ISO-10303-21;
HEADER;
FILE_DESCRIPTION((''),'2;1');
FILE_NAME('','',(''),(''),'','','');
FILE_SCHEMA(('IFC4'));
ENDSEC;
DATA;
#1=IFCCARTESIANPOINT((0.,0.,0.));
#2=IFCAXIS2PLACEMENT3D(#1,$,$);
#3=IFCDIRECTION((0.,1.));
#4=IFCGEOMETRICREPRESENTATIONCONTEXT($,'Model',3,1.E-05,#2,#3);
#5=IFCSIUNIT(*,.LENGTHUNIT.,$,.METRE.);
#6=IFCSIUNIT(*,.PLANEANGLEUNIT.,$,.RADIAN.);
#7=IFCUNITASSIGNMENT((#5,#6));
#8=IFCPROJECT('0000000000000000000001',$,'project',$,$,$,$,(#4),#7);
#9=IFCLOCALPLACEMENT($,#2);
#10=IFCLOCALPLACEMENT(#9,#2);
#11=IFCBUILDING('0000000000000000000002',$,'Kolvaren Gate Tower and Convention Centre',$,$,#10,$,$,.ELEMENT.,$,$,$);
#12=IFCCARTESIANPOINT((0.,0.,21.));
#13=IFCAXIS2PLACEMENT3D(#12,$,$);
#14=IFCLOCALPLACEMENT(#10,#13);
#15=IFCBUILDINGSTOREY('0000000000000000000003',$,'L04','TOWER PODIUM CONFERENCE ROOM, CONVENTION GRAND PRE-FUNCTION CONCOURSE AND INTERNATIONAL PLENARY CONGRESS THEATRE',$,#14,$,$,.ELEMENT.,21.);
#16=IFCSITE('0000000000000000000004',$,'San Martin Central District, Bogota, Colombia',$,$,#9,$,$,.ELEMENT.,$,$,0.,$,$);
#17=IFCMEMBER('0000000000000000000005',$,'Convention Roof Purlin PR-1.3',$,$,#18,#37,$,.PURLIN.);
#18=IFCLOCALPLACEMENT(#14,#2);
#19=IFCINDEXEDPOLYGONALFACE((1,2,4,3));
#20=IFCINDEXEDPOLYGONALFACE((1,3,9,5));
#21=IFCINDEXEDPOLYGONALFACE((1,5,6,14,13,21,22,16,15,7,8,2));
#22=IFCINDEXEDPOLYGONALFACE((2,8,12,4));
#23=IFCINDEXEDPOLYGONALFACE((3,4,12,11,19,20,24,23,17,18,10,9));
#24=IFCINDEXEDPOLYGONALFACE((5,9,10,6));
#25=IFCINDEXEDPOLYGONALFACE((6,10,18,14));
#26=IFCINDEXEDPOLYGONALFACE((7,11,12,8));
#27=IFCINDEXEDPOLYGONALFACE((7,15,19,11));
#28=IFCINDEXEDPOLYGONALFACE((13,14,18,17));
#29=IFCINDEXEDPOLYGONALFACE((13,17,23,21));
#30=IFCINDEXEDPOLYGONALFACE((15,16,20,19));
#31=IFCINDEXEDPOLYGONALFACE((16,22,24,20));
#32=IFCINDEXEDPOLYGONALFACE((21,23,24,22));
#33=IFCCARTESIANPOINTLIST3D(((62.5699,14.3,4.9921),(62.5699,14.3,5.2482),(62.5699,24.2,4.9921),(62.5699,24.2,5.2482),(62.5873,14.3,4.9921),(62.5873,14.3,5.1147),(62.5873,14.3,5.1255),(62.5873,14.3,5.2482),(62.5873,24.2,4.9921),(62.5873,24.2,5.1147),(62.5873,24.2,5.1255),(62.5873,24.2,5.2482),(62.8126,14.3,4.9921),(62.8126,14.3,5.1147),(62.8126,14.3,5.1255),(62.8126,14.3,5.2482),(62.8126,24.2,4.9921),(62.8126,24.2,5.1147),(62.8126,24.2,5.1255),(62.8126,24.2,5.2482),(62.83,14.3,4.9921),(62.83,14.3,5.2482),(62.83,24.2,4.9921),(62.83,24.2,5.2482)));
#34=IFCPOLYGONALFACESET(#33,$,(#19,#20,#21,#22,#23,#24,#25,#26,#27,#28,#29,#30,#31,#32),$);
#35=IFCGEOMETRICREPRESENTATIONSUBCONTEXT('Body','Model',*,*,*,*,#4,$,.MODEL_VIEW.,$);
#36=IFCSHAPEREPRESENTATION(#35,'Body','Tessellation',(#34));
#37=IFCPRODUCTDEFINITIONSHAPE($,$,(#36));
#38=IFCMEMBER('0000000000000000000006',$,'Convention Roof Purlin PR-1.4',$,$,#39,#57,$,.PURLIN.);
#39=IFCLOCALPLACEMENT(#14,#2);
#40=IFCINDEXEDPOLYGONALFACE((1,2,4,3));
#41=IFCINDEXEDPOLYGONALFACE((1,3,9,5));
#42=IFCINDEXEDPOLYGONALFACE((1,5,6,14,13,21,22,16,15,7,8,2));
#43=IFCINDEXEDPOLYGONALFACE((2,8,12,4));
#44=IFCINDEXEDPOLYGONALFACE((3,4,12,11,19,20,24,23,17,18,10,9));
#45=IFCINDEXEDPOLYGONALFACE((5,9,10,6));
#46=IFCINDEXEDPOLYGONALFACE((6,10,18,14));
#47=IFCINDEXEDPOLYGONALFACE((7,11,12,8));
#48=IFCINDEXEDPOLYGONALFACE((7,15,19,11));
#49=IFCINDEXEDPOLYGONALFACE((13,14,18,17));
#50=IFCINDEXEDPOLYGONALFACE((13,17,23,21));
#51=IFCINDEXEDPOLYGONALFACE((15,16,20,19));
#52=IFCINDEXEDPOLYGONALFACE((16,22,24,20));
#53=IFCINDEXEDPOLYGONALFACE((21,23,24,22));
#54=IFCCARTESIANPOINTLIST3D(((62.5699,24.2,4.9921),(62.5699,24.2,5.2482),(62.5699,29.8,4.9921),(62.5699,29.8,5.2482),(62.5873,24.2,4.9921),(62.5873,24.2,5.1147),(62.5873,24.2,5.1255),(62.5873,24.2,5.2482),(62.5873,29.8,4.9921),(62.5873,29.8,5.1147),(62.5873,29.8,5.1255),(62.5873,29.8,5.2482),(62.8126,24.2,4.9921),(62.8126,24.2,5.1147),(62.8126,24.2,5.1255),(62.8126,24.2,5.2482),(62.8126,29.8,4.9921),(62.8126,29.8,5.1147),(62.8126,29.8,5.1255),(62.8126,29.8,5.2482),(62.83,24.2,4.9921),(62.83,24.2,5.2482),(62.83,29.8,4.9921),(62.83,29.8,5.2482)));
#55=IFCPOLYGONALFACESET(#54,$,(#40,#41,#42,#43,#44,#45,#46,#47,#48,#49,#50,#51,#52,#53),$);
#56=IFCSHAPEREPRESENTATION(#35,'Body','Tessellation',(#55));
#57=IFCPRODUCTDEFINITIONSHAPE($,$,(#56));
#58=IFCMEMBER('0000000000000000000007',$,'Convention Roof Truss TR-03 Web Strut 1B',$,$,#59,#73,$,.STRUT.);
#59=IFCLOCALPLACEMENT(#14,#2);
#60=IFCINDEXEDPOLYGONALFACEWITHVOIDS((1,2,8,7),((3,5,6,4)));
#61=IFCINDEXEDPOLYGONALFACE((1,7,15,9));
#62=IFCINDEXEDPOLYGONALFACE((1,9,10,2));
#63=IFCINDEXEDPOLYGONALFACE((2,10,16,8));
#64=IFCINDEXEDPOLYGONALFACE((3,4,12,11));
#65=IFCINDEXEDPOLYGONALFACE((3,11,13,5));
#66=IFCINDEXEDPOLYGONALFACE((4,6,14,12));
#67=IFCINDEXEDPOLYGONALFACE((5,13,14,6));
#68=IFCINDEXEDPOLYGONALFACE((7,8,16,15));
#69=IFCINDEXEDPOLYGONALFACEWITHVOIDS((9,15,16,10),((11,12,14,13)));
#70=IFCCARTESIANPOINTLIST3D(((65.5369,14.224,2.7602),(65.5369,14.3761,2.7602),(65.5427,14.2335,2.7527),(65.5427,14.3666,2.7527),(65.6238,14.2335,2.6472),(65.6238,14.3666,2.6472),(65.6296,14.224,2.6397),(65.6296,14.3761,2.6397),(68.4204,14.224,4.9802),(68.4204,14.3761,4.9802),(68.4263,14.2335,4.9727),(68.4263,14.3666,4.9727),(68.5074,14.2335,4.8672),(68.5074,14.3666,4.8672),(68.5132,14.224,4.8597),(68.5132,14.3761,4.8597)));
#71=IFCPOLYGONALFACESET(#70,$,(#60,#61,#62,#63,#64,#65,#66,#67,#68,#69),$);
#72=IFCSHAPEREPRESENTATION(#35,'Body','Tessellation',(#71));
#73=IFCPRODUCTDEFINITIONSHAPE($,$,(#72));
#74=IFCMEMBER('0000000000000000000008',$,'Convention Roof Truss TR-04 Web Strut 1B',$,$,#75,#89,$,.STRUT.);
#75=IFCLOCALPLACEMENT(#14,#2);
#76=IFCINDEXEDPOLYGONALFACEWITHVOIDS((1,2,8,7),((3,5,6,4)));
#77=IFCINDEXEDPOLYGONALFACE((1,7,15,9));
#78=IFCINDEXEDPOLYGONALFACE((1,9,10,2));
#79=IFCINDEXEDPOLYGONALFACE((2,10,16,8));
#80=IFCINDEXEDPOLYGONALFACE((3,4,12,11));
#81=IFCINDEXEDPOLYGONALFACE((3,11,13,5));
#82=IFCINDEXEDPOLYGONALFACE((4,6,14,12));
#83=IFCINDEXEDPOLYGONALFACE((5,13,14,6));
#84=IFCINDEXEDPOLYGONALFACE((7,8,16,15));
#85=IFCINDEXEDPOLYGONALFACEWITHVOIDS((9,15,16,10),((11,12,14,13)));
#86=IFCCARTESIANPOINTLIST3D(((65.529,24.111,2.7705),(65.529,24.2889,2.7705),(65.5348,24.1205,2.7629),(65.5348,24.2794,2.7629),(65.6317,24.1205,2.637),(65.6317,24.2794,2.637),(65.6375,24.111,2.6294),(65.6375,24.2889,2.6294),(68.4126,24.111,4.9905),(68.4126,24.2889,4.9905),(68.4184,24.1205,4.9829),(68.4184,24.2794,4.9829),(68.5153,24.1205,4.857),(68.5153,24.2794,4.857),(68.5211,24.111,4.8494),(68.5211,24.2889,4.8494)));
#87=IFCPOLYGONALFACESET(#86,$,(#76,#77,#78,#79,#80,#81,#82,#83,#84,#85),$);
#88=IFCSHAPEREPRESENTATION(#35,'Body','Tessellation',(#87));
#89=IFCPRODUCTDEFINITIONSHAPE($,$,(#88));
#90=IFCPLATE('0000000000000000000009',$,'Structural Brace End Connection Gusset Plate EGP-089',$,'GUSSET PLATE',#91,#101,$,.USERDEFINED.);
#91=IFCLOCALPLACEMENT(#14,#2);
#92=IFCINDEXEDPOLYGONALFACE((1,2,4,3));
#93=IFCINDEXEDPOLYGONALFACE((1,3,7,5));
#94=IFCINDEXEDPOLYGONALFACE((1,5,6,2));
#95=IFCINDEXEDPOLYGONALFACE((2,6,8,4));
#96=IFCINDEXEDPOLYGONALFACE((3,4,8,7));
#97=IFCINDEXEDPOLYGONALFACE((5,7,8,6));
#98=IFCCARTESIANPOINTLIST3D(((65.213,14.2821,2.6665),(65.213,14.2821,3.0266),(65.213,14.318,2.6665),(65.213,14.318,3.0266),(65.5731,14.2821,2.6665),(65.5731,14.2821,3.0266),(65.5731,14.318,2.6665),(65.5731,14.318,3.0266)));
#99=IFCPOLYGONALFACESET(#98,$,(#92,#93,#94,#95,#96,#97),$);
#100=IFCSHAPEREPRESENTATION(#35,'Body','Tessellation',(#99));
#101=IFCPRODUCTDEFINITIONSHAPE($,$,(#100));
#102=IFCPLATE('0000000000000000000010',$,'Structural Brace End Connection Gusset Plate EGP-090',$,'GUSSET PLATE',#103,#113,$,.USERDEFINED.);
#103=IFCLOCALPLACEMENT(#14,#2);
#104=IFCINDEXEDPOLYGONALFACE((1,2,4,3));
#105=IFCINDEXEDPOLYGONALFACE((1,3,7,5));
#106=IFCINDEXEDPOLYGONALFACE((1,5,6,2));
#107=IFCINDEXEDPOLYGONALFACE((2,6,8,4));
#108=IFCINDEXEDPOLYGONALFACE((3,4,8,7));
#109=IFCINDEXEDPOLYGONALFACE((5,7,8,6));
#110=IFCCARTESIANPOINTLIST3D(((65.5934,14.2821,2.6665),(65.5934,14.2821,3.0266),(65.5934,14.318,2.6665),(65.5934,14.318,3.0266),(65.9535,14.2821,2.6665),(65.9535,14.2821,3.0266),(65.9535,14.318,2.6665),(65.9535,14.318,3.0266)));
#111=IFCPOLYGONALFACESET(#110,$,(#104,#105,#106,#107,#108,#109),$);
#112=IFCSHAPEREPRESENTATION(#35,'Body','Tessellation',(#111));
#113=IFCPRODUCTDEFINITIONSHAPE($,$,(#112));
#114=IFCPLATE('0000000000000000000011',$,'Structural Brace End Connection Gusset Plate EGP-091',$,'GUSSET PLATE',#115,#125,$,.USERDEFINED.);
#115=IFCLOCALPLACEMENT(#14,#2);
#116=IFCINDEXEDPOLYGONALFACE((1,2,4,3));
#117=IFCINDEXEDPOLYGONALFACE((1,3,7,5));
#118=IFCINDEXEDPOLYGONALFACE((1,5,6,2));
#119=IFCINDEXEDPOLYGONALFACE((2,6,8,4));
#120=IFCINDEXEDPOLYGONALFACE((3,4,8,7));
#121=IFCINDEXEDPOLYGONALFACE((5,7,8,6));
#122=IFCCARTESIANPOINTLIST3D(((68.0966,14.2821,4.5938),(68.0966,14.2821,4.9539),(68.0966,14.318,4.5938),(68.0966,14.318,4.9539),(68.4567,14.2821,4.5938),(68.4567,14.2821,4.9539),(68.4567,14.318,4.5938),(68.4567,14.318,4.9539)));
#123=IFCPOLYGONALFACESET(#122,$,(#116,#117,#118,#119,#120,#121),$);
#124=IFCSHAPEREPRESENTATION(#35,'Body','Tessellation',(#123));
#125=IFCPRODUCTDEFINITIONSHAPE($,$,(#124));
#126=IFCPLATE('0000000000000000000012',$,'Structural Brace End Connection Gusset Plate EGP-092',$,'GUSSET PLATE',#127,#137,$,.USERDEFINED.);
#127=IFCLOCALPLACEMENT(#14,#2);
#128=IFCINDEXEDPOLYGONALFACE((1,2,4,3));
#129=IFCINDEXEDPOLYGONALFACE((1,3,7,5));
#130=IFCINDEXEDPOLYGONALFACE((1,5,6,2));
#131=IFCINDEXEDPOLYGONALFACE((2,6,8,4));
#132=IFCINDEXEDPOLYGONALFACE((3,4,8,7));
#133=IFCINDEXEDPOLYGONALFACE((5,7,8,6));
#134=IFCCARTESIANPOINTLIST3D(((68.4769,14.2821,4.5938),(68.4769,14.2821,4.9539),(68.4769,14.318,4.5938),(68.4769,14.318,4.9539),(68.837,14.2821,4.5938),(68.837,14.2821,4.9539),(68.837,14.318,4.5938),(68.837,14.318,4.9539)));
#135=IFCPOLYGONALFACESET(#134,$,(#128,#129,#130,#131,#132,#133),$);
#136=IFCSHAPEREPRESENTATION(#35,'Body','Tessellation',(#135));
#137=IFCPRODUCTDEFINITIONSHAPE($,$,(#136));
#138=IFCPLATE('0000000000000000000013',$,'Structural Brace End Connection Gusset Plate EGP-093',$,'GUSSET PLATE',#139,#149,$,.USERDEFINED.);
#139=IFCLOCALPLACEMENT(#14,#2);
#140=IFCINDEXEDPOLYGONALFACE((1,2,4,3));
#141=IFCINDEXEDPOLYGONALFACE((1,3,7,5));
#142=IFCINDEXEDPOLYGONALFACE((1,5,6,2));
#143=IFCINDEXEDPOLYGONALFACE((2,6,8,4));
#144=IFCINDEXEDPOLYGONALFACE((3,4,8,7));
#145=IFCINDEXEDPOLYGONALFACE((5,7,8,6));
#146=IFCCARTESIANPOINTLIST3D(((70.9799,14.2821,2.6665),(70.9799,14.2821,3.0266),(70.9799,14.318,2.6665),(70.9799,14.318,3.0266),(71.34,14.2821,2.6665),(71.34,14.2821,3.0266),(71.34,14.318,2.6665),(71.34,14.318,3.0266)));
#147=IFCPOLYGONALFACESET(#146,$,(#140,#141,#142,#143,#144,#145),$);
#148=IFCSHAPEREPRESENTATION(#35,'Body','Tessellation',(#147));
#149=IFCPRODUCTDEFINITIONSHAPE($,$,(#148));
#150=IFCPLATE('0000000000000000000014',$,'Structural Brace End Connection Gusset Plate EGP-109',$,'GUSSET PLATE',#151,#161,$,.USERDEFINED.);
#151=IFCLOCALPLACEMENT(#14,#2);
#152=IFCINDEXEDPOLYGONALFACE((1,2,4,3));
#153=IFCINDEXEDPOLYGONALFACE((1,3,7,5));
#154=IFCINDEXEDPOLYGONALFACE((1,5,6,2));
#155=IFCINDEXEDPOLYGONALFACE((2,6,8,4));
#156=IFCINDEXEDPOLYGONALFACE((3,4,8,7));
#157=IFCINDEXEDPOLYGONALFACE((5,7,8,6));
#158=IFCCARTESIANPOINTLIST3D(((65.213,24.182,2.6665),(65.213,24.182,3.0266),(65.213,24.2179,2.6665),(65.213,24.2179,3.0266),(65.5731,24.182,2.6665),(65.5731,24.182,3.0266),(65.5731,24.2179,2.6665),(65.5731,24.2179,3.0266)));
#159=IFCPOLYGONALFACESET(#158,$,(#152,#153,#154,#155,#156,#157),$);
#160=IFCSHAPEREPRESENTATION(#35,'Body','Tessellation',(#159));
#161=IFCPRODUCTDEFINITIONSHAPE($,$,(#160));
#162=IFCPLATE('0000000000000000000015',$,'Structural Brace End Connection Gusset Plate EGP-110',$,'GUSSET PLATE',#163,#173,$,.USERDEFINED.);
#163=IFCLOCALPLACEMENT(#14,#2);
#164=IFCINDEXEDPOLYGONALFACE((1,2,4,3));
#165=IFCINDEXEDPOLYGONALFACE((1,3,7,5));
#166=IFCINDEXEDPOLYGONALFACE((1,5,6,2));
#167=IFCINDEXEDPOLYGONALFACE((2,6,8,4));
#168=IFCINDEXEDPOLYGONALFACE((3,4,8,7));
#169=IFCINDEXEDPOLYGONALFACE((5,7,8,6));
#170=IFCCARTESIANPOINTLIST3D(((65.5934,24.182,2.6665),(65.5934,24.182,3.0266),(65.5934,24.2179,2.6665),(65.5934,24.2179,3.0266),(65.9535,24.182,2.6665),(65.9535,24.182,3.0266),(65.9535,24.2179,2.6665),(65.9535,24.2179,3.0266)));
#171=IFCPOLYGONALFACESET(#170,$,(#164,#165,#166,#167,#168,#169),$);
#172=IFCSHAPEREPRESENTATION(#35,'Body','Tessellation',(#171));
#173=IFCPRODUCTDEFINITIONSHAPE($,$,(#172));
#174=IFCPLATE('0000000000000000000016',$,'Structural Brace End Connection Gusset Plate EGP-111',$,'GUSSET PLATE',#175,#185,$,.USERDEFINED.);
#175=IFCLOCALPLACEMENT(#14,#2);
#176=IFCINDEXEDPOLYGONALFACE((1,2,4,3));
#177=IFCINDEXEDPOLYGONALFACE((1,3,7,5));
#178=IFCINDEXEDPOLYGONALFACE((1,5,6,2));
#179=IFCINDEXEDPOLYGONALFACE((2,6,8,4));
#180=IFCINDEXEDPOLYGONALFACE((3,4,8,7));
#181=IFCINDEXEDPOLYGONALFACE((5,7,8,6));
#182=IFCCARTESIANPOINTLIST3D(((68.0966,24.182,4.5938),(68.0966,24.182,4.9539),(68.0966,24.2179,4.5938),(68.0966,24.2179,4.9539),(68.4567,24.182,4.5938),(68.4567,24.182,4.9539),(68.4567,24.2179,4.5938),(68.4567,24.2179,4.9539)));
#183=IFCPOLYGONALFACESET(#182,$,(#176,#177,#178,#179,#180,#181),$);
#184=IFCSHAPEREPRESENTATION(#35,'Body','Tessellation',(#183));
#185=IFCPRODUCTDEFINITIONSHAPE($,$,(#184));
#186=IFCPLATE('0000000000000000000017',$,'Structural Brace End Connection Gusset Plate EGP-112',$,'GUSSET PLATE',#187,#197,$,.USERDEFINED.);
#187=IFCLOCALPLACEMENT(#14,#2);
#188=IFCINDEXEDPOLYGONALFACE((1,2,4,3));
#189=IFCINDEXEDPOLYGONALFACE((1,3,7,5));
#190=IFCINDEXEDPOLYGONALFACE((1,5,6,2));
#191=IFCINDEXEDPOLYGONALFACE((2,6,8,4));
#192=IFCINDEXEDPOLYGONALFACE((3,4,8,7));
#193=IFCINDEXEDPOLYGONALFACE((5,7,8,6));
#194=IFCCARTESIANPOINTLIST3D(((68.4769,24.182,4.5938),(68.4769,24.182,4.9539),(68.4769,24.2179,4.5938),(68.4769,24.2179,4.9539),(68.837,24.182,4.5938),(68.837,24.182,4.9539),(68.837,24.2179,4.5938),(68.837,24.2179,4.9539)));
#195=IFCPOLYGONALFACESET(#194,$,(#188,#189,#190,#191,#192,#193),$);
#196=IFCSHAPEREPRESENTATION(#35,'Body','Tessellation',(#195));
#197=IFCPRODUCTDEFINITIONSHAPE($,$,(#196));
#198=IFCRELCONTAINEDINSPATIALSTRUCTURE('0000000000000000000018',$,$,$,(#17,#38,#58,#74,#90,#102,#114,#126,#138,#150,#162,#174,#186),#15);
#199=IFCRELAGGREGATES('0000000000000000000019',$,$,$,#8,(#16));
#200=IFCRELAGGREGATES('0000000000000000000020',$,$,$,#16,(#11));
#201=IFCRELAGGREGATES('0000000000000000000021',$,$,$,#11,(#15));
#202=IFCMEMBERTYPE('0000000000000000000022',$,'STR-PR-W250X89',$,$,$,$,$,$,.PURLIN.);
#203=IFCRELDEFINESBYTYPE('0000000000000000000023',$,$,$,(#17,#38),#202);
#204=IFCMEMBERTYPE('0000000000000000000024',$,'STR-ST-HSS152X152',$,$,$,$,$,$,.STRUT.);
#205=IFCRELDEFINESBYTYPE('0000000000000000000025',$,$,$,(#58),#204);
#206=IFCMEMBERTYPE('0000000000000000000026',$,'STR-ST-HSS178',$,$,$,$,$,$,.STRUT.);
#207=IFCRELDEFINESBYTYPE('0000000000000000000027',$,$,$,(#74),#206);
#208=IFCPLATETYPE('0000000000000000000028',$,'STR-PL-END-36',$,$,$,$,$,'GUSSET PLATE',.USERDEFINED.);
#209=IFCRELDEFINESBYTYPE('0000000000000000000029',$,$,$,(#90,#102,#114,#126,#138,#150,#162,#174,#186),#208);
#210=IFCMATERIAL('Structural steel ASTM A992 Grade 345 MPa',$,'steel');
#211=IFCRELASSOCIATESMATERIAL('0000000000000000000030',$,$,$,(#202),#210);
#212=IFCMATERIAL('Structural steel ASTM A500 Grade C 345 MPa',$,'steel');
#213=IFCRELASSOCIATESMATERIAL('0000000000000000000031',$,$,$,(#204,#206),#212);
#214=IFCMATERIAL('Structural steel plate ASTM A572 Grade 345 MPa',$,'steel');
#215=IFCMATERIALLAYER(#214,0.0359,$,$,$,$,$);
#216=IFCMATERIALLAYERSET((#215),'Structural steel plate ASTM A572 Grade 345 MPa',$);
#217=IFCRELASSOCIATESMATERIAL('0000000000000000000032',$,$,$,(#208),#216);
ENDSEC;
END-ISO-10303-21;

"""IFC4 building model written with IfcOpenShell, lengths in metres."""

from ifc_helpers import new_model, si_unit, direction, frame, origin, origin_2d, place, context, subcontext, project, spatial, rectangle, hollow_rectangle, i_section, extrude, material, layer, layer_set, material_profile, profile_set, type_object, element, save


model = new_model("IFC4")

# Units and contexts
model_context = context("Model", 3, precision=1e-05, world=origin(), true_north=direction((0.0, 1.0)))
body_context = subcontext(model_context, "Body", "Model", "MODEL_VIEW")
ifc_project = project(units=[si_unit("LENGTHUNIT", "METRE"), si_unit("PLANEANGLEUNIT", "RADIAN")], contexts=[model_context])

# Site, building, storey
site_placement = place(None, origin())
site = spatial("IfcSite", under=ifc_project, at=site_placement, Name="San Martin Central District, Bogota, Colombia", CompositionType="ELEMENT", RefElevation=0.0)
building_placement = place(site_placement, origin())
building = spatial("IfcBuilding", under=site, at=building_placement, Name="Kolvaren Gate Tower and Convention Centre", CompositionType="ELEMENT")
storey_placement = place(building_placement, frame((0.0, 0.0, 21.0)))
storey = spatial("IfcBuildingStorey", under=building, at=storey_placement, Name="L04", Description="TOWER PODIUM CONFERENCE ROOM, CONVENTION GRAND PRE-FUNCTION CONCOURSE AND INTERNATIONAL PLENARY CONGRESS THEATRE", CompositionType="ELEMENT", Elevation=21.0)

# Members
ifc_material_1 = material(Name="Structural steel ASTM A500 Grade C 345 MPa", Category="steel")
ifc_material_2 = material(Name="Structural steel ASTM A992 Grade 345 MPa", Category="steel")
ifc_material_profile_1 = material_profile(ifc_material_2, i_section(OverallWidth=0.2561, OverallDepth=0.26, WebThickness=0.0107, FlangeThickness=0.0173, at=origin_2d()), Name="W250X89")
ifc_profile_set_1 = profile_set([ifc_material_profile_1], Name="Structural steel ASTM A992 Grade 345 MPa")
member_type_1 = type_object("IfcMemberType", Name="STR-PR-W250X89", PredefinedType="PURLIN", material=ifc_profile_set_1)
member_1_placement = place(storey_placement, frame((62.7, 14.3, 5.1201), z_axis=(0.0, 1.0, 0.0), x_axis=(0.0, 0.0, 1.0)))
element("IfcMember", 1, at=member_1_placement, inside=storey, type_object=member_type_1, Name="Convention Roof Purlin PR-1.3", PredefinedType="PURLIN", context=body_context, shape_type="SweptSolid", body=[
    extrude(i_section(OverallWidth=0.2561, OverallDepth=0.26, WebThickness=0.0107, FlangeThickness=0.0173, at=origin_2d()), origin(), (0.0, 0.0, 1.0), 9.8999),
])
member_2_placement = place(storey_placement, frame((62.7, 24.2, 5.1201), z_axis=(0.0, 1.0, 0.0), x_axis=(0.0, 0.0, 1.0)))
element("IfcMember", 2, at=member_2_placement, inside=storey, type_object=member_type_1, Name="Convention Roof Purlin PR-1.4", PredefinedType="PURLIN", context=body_context, shape_type="SweptSolid", body=[
    extrude(i_section(OverallWidth=0.2561, OverallDepth=0.26, WebThickness=0.0107, FlangeThickness=0.0173, at=origin_2d()), origin(), (0.0, 0.0, 1.0), 5.6001),
])
ifc_material_profile_2 = material_profile(ifc_material_1, hollow_rectangle(XDim=0.1521, YDim=0.1521, WallThickness=0.0095, at=origin_2d()), Name="HSS152X152X9.5")
ifc_profile_set_2 = profile_set([ifc_material_profile_2], Name="Structural steel ASTM A500 Grade C 345 MPa")
member_type_2 = type_object("IfcMemberType", Name="STR-ST-HSS152X152", PredefinedType="STRUT", material=ifc_profile_set_2)
member_3_placement = place(storey_placement, frame((65.5833, 14.3, 2.7), z_axis=(0.792377, 0.0, 0.610032), x_axis=(0.0, 1.0, 0.0)))
element("IfcMember", 3, at=member_3_placement, inside=storey, type_object=member_type_2, Name="Convention Roof Truss TR-03 Web Strut 1B", PredefinedType="STRUT", context=body_context, shape_type="SweptSolid", body=[
    extrude(hollow_rectangle(XDim=0.1521, YDim=0.1521, WallThickness=0.0095, at=origin_2d()), origin(), (0.0, 0.0, 1.0), 3.6392),
])
ifc_material_profile_3 = material_profile(ifc_material_1, hollow_rectangle(XDim=0.178, YDim=0.178, WallThickness=0.0095, at=origin_2d()), Name="HSS178X178X9.5")
ifc_profile_set_3 = profile_set([ifc_material_profile_3], Name="Structural steel ASTM A500 Grade C 345 MPa")
member_type_3 = type_object("IfcMemberType", Name="STR-ST-HSS178", PredefinedType="STRUT", material=ifc_profile_set_3)
member_4_placement = place(storey_placement, frame((65.5833, 24.2, 2.7), z_axis=(0.792377, 0.0, 0.610032), x_axis=(0.0, 1.0, 0.0)))
element("IfcMember", 4, at=member_4_placement, inside=storey, type_object=member_type_3, Name="Convention Roof Truss TR-04 Web Strut 1B", PredefinedType="STRUT", context=body_context, shape_type="SweptSolid", body=[
    extrude(hollow_rectangle(XDim=0.178, YDim=0.178, WallThickness=0.0095, at=origin_2d()), origin(), (0.0, 0.0, 1.0), 3.6392),
])

# Plates
ifc_material_3 = material(Name="Structural steel plate ASTM A572 Grade 345 MPa", Category="steel")
ifc_layer_1 = layer(ifc_material_3, 0.0359)
ifc_layer_set_1 = layer_set([ifc_layer_1], Name="Structural steel plate ASTM A572 Grade 345 MPa")
plate_type = type_object("IfcPlateType", Name="STR-PL-END-36", ElementType="GUSSET PLATE", PredefinedType="USERDEFINED", material=ifc_layer_set_1)
for number, where, z_axis, x_axis, name in (
    (5, (65.3931, 14.3, 2.6665), (0.0, 0.0, 1.0), (1.0, 0.0, 0.0), "Structural Brace End Connection Gusset Plate EGP-089"),
    (6, (65.7734, 14.3, 2.6665), (0.0, 0.0, 1.0), (1.0, 0.0, 0.0), "Structural Brace End Connection Gusset Plate EGP-090"),
    (7, (68.2766, 14.3, 4.5938), (0.0, 0.0, 1.0), (1.0, 0.0, 0.0), "Structural Brace End Connection Gusset Plate EGP-091"),
    (8, (68.657, 14.3, 4.5938), (0.0, 0.0, 1.0), (1.0, 0.0, 0.0), "Structural Brace End Connection Gusset Plate EGP-092"),
    (9, (71.1599, 14.3, 2.6665), (0.0, 0.0, 1.0), (1.0, 0.0, 0.0), "Structural Brace End Connection Gusset Plate EGP-093"),
    (10, (65.3931, 24.2, 2.6665), (0.0, 0.0, 1.0), (1.0, 0.0, 0.0), "Structural Brace End Connection Gusset Plate EGP-109"),
    (11, (65.7734, 24.2, 2.6665), (0.0, 0.0, 1.0), (1.0, 0.0, 0.0), "Structural Brace End Connection Gusset Plate EGP-110"),
    (12, (68.2766, 24.2, 4.5938), (0.0, 0.0, 1.0), (1.0, 0.0, 0.0), "Structural Brace End Connection Gusset Plate EGP-111"),
    (13, (68.657, 24.2, 4.5938), (0.0, 0.0, 1.0), (1.0, 0.0, 0.0), "Structural Brace End Connection Gusset Plate EGP-112"),
):
    element("IfcPlate", number, at=place(storey_placement, frame(where, z_axis=z_axis, x_axis=x_axis)), inside=storey, type_object=plate_type, Name=name, ObjectType="GUSSET PLATE", PredefinedType="USERDEFINED", context=body_context, shape_type="SweptSolid", body=[
        extrude(rectangle(XDim=0.3601, YDim=0.0359, at=origin_2d()), origin(), (0.0, 0.0, 1.0), 0.3601),
    ])

save(model, "model.ifc")
